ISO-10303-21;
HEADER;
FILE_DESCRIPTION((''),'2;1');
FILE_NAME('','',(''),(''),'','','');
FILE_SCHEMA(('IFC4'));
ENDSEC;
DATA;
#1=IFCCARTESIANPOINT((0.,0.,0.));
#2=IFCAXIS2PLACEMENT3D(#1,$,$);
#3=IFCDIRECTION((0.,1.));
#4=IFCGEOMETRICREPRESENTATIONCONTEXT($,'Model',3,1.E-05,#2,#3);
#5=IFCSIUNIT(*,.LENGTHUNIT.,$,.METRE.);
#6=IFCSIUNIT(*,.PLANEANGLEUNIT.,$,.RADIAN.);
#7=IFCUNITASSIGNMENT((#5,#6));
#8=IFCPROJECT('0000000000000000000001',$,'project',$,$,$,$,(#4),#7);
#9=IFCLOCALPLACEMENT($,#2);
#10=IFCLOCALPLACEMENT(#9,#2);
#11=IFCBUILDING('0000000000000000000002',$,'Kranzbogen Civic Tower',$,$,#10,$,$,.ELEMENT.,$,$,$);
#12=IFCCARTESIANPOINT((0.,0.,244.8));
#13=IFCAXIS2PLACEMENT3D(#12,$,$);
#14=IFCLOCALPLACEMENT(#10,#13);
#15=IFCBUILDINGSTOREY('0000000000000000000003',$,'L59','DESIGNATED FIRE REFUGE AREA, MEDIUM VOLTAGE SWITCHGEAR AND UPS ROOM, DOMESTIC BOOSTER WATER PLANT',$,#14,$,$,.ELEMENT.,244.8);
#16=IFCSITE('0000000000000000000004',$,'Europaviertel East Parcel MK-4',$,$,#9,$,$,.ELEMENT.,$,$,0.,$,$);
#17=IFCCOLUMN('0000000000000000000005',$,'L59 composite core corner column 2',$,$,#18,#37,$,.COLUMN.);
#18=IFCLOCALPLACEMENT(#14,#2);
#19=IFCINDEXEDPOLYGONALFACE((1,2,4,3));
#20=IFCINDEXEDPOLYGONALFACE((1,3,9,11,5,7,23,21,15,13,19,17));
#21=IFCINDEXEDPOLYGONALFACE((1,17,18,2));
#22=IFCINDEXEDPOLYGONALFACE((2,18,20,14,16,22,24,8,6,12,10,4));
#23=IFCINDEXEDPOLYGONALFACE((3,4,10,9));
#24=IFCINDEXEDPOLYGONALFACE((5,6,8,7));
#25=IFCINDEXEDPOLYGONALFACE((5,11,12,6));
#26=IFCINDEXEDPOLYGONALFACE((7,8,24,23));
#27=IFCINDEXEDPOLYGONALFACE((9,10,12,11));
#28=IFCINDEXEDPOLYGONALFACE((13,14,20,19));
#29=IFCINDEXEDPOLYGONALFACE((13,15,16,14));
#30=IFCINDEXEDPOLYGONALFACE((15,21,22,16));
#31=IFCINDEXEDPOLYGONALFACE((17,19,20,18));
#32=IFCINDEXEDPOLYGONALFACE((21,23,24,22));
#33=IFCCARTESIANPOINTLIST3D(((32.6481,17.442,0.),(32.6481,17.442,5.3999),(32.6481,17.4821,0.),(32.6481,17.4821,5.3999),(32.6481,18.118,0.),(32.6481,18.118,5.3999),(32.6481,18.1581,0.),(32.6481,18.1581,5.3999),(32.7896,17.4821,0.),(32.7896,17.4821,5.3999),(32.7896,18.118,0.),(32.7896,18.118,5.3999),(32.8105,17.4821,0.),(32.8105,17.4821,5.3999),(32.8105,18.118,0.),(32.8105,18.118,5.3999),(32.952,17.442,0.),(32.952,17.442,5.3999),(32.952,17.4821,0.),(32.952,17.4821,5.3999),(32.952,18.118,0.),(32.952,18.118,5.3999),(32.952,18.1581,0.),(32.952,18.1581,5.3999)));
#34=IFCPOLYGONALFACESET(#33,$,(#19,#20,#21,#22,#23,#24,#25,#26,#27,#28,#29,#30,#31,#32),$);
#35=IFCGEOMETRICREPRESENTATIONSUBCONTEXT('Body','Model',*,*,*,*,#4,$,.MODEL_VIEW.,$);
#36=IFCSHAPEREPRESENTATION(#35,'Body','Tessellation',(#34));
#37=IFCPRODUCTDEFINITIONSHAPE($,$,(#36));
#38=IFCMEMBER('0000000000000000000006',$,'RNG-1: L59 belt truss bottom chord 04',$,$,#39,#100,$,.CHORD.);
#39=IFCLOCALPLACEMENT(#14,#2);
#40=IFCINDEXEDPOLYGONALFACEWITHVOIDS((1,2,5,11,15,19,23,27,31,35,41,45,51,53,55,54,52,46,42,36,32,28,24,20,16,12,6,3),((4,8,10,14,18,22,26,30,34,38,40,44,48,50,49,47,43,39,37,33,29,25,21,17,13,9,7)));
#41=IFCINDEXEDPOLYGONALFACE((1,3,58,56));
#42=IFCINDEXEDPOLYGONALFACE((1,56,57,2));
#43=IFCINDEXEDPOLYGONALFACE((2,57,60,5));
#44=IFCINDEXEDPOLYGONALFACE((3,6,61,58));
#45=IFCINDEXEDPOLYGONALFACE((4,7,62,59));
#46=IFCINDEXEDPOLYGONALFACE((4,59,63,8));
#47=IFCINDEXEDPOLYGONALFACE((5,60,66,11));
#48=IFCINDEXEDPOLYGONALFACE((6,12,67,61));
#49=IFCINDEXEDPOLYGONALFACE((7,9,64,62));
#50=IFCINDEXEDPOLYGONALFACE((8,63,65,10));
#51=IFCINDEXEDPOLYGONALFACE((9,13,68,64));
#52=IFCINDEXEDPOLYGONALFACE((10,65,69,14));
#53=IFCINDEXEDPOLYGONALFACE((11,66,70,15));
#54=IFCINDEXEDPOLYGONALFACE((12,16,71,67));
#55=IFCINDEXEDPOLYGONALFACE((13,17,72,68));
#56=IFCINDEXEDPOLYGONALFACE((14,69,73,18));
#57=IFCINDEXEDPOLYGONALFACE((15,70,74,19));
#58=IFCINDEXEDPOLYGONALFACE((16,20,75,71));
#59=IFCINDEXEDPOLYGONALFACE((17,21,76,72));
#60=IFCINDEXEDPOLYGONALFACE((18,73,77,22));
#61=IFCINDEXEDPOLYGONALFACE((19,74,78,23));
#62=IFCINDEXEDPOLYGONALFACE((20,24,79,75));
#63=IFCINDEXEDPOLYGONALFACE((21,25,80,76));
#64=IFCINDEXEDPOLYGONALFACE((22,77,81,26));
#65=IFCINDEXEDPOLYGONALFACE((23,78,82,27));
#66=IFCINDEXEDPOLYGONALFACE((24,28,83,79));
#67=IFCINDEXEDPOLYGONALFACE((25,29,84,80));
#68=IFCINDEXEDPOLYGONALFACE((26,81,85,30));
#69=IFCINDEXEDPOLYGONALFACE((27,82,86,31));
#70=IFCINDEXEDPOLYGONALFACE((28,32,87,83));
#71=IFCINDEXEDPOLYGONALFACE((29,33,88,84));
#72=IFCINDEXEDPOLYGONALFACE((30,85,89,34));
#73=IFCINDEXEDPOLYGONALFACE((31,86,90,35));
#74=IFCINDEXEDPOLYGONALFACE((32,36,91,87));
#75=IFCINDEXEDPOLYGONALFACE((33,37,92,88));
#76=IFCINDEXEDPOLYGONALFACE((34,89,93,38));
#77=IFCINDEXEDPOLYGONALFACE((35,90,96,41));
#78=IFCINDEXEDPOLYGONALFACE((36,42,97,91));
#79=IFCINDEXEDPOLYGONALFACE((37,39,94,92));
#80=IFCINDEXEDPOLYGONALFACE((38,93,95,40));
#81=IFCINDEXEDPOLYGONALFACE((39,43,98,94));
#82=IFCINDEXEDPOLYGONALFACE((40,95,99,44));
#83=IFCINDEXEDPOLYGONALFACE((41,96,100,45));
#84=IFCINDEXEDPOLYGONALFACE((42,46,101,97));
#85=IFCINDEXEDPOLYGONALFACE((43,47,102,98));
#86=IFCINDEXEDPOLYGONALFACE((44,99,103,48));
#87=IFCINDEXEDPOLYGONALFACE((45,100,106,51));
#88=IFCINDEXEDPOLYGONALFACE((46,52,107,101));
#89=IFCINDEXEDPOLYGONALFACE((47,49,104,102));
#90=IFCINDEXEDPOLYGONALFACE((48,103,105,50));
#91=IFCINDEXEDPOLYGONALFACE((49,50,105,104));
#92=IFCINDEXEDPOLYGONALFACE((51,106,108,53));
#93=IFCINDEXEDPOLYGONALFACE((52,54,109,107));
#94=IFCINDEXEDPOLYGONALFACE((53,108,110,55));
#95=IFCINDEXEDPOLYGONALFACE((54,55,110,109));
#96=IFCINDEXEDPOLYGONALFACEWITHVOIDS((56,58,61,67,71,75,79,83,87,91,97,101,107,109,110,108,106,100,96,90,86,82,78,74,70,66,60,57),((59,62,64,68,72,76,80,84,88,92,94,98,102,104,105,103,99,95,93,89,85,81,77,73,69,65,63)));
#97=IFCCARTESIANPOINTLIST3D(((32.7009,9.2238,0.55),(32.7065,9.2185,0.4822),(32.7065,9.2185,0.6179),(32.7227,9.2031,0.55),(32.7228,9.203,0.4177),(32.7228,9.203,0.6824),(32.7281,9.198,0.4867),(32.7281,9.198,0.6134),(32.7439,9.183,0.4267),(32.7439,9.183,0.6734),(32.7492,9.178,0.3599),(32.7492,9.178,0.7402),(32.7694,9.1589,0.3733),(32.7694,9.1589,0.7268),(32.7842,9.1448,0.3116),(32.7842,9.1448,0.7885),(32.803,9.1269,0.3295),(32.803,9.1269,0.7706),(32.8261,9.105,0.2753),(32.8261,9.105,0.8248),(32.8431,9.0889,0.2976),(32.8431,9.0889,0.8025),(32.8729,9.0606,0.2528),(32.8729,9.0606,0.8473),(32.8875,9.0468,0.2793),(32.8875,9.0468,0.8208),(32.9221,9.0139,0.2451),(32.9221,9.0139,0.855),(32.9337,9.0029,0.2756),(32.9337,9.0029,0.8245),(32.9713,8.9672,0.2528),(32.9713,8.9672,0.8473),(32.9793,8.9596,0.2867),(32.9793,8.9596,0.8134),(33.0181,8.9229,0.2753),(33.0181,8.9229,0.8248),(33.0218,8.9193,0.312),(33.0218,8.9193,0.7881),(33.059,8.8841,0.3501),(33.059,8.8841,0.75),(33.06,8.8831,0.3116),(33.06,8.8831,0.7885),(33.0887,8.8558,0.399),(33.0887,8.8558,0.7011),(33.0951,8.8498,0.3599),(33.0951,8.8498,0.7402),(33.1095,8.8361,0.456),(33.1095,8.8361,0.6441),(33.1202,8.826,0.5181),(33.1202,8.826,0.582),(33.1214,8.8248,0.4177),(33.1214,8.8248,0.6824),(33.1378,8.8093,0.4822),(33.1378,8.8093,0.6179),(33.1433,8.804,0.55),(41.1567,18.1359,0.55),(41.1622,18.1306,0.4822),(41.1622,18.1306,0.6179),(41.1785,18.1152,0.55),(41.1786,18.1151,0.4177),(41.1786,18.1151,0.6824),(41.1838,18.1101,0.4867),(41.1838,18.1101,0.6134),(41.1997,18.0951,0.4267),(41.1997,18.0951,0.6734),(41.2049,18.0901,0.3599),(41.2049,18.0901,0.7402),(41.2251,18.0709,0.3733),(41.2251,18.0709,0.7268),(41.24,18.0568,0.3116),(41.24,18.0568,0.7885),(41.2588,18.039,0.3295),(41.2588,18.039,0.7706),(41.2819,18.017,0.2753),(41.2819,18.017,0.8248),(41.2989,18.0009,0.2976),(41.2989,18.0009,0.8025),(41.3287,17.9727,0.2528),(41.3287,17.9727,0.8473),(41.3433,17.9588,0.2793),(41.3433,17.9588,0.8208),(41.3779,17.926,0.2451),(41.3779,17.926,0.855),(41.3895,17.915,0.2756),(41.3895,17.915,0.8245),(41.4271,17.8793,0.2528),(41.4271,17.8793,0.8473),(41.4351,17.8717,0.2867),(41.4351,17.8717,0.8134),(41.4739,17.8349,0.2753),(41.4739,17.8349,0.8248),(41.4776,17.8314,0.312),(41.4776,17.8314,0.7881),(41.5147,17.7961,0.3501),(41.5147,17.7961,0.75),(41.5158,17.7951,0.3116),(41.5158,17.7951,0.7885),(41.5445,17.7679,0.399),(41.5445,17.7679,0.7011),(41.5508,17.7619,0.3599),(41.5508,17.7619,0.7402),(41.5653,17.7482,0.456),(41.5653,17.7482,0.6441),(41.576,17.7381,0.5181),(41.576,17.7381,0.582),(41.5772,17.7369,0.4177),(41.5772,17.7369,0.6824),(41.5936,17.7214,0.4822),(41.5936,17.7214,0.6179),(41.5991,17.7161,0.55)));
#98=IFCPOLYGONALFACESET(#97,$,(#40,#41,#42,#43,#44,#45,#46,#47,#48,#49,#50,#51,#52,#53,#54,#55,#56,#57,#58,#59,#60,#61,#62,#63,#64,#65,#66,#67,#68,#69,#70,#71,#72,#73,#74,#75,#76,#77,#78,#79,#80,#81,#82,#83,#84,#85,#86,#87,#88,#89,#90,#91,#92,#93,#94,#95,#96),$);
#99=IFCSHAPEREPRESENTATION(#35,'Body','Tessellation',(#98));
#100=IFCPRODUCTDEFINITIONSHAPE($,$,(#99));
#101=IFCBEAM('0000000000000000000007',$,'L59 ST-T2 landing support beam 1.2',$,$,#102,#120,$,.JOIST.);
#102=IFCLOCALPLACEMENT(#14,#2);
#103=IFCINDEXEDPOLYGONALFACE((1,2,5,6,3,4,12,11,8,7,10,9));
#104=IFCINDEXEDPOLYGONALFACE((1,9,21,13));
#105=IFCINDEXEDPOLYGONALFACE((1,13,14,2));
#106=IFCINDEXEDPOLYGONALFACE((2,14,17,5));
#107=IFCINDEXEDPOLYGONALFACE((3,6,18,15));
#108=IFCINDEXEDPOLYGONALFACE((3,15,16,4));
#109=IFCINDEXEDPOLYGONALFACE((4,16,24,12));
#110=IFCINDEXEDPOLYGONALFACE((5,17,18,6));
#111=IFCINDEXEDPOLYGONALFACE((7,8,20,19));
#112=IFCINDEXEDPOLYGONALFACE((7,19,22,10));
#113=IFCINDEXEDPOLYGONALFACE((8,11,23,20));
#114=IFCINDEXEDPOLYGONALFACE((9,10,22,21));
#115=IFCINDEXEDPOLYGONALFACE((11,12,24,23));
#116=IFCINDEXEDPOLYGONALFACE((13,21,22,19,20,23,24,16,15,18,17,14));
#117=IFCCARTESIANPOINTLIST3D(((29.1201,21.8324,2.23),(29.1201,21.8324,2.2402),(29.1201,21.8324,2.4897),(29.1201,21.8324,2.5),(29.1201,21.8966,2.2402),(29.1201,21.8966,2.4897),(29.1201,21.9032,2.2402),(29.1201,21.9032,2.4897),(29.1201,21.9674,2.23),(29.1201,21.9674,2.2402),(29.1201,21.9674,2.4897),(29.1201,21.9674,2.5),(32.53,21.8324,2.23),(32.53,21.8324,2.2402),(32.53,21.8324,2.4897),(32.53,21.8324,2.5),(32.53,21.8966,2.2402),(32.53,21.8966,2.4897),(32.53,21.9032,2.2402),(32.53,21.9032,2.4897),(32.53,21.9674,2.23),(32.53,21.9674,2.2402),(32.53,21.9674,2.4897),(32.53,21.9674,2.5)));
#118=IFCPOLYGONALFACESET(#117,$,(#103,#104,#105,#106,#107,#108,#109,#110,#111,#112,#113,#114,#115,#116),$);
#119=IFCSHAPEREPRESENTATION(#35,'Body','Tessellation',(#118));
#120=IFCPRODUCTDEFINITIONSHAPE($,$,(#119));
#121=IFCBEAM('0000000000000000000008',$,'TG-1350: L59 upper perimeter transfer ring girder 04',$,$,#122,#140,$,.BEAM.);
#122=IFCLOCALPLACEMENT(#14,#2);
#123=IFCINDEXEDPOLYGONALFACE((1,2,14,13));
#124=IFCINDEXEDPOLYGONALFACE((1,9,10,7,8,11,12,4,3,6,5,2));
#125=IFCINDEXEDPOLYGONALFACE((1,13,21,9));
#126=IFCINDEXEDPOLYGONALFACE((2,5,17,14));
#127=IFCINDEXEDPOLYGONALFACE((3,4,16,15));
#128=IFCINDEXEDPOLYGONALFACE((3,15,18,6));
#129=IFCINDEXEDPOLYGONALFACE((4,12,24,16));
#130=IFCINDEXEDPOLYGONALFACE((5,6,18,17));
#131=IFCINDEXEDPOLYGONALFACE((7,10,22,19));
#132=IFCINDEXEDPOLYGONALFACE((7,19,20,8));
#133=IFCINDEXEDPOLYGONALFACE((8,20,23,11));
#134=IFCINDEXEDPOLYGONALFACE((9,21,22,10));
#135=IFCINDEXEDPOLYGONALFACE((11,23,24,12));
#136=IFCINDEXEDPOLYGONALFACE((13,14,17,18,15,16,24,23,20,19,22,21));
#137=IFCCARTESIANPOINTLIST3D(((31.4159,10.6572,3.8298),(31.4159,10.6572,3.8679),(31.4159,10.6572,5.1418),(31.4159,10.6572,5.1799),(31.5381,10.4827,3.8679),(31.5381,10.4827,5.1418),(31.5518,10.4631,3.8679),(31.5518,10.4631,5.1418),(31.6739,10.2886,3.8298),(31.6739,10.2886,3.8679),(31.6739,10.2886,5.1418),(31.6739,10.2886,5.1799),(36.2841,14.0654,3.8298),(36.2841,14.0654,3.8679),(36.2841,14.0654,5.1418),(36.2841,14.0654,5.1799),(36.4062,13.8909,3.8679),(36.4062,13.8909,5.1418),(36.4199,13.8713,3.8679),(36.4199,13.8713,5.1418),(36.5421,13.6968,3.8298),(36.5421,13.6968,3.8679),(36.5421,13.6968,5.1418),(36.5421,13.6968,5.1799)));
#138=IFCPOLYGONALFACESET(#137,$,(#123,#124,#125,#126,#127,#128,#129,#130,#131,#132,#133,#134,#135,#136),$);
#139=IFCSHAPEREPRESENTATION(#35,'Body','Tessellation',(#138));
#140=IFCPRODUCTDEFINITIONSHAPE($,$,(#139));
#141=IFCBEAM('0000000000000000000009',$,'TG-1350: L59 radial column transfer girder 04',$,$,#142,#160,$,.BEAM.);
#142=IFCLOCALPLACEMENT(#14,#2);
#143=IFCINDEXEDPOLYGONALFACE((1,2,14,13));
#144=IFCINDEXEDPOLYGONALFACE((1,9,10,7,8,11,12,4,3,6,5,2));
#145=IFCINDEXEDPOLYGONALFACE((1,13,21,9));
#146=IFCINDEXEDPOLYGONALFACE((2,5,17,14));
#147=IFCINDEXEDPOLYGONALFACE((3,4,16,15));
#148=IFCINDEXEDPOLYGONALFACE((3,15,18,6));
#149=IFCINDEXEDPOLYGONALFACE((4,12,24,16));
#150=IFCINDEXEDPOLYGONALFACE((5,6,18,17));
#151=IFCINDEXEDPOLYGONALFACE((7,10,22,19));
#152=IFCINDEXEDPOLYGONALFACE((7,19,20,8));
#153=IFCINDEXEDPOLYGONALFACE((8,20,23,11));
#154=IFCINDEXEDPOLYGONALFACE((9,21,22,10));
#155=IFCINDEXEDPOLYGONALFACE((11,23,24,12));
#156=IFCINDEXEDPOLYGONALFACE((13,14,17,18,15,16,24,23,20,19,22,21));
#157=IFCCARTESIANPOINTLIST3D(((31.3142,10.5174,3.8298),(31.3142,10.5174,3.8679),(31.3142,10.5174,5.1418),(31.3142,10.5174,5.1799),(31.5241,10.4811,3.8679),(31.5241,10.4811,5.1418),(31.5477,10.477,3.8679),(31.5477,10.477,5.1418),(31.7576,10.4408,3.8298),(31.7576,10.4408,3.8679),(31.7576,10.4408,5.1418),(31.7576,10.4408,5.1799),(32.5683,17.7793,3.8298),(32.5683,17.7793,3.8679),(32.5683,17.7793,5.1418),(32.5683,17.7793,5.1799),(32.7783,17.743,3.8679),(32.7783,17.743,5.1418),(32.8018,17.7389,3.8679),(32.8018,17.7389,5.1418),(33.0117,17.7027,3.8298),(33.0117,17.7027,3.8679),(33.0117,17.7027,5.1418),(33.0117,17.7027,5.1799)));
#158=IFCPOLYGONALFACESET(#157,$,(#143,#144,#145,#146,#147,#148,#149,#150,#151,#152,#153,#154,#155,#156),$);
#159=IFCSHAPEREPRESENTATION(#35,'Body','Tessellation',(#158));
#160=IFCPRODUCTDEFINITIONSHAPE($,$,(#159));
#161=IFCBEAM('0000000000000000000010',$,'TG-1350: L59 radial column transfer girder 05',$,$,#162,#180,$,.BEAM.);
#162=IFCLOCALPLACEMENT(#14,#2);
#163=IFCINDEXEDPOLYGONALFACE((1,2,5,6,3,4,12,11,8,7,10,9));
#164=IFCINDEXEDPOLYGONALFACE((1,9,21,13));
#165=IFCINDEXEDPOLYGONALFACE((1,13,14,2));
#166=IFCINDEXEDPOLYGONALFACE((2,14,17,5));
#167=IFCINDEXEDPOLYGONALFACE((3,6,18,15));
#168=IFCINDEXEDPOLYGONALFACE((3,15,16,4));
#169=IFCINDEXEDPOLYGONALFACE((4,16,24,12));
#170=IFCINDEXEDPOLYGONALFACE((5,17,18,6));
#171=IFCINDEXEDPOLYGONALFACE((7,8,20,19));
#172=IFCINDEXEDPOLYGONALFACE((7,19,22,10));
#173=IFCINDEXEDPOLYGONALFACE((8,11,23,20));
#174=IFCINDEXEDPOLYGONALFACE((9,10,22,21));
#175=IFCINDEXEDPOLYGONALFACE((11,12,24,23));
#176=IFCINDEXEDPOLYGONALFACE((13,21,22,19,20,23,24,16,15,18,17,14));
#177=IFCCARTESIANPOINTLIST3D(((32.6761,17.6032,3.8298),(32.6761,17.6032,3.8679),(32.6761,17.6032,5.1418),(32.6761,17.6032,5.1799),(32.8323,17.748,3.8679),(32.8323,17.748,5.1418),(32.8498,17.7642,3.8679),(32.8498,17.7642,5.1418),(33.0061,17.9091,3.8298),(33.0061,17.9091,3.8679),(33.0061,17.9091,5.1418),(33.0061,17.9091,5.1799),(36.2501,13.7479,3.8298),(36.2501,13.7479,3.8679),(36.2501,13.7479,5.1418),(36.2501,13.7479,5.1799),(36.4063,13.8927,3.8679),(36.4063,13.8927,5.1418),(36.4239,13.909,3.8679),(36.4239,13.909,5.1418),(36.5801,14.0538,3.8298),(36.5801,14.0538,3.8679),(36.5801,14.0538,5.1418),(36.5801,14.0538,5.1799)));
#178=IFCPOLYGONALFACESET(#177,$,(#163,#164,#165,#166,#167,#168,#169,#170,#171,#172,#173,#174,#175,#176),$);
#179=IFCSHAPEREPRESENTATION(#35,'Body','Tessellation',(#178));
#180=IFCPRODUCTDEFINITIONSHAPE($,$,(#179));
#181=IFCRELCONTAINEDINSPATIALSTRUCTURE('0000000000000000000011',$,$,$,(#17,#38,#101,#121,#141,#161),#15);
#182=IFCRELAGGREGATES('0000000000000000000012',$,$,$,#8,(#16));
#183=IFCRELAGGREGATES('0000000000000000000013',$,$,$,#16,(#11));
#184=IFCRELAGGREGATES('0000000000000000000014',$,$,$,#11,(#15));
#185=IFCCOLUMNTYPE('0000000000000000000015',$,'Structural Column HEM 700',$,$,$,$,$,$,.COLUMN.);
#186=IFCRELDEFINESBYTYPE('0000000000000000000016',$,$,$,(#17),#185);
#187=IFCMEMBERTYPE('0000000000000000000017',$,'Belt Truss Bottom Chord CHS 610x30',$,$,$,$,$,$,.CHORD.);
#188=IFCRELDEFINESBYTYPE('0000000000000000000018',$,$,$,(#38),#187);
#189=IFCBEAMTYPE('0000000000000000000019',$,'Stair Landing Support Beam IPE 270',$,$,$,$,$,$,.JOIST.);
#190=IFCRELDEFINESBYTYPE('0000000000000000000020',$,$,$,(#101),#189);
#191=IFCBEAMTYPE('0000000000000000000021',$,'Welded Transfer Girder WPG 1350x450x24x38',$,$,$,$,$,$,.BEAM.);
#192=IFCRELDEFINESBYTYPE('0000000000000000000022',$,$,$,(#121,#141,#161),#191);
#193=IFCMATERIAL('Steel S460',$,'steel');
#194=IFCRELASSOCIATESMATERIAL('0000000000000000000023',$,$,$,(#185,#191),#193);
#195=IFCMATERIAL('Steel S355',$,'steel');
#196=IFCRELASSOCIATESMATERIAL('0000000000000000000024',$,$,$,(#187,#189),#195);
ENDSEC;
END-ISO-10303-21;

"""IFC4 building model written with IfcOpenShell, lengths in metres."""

from ifc_helpers import new_model, si_unit, direction, frame, origin, origin_2d, place, context, subcontext, project, spatial, hollow_circle, i_section, extrude, material, material_profile, profile_set, type_object, element, save


model = new_model("IFC4")

# Units and contexts
model_context = context("Model", 3, precision=1e-05, world=origin(), true_north=direction((0.0, 1.0)))
body_context = subcontext(model_context, "Body", "Model", "MODEL_VIEW")
ifc_project = project(units=[si_unit("LENGTHUNIT", "METRE"), si_unit("PLANEANGLEUNIT", "RADIAN")], contexts=[model_context])

# Site, building, storey
site_placement = place(None, origin())
site = spatial("IfcSite", under=ifc_project, at=site_placement, Name="Europaviertel East Parcel MK-4", CompositionType="ELEMENT", RefElevation=0.0)
building_placement = place(site_placement, origin())
building = spatial("IfcBuilding", under=site, at=building_placement, Name="Kranzbogen Civic Tower", CompositionType="ELEMENT")
storey_placement = place(building_placement, frame((0.0, 0.0, 244.8)))
storey = spatial("IfcBuildingStorey", under=building, at=storey_placement, Name="L59", Description="DESIGNATED FIRE REFUGE AREA, MEDIUM VOLTAGE SWITCHGEAR AND UPS ROOM, DOMESTIC BOOSTER WATER PLANT", CompositionType="ELEMENT", Elevation=244.8)

# Column
ifc_material_1 = material(Name="Steel S460", Category="steel")
ifc_material_profile_1 = material_profile(ifc_material_1, i_section(OverallWidth=0.304, OverallDepth=0.7161, WebThickness=0.021, FlangeThickness=0.04, at=origin_2d()), Name="HEM 700")
ifc_profile_set_1 = profile_set([ifc_material_profile_1], Name="Steel S460")
column_type = type_object("IfcColumnType", Name="Structural Column HEM 700", PredefinedType="COLUMN", material=ifc_profile_set_1)
column_placement = place(storey_placement, frame((32.8, 17.8, 0.0), z_axis=(0.0, 0.0, 1.0), x_axis=(1.0, 0.0, 0.0)))
element("IfcColumn", 1, at=column_placement, inside=storey, type_object=column_type, Name="L59 composite core corner column 2", PredefinedType="COLUMN", context=body_context, shape_type="SweptSolid", body=[
    extrude(i_section(OverallWidth=0.304, OverallDepth=0.7161, WebThickness=0.021, FlangeThickness=0.04, at=origin_2d()), origin(), (0.0, 0.0, 1.0), 5.3999),
])

# Member
ifc_material_2 = material(Name="Steel S355", Category="steel")
ifc_material_profile_2 = material_profile(ifc_material_2, hollow_circle(Radius=0.3049, WallThickness=0.03, at=origin_2d()), Name="CHS 610x30")
ifc_profile_set_2 = profile_set([ifc_material_profile_2], Name="Steel S355")
member_type_1 = type_object("IfcMemberType", Name="Belt Truss Bottom Chord CHS 610x30", PredefinedType="CHORD", material=ifc_profile_set_2)
member_1_placement = place(storey_placement, frame((32.9221, 9.0139, 0.55), z_axis=(0.688292, 0.725434, 0.0), x_axis=(-0.725434, 0.688292, 0.0)))
element("IfcMember", 2, at=member_1_placement, inside=storey, type_object=member_type_1, Name="RNG-1: L59 belt truss bottom chord 04", PredefinedType="CHORD", context=body_context, shape_type="SweptSolid", body=[
    extrude(hollow_circle(Radius=0.3049, WallThickness=0.03, at=origin_2d()), origin(), (0.0, 0.0, 1.0), 12.2852),
])

# Beams
ifc_material_profile_3 = material_profile(ifc_material_2, i_section(OverallWidth=0.135, OverallDepth=0.27, WebThickness=0.0066, FlangeThickness=0.0103, at=origin_2d()), Name="IPE 270")
ifc_profile_set_3 = profile_set([ifc_material_profile_3], Name="Steel S355")
beam_type_1 = type_object("IfcBeamType", Name="Stair Landing Support Beam IPE 270", PredefinedType="JOIST", material=ifc_profile_set_3)
beam_1_placement = place(storey_placement, frame((29.1201, 21.8999, 2.365), z_axis=(1.0, 0.0, 0.0), x_axis=(0.0, 1.0, 0.0)))
element("IfcBeam", 3, at=beam_1_placement, inside=storey, type_object=beam_type_1, Name="L59 ST-T2 landing support beam 1.2", PredefinedType="JOIST", context=body_context, shape_type="SweptSolid", body=[
    extrude(i_section(OverallWidth=0.135, OverallDepth=0.27, WebThickness=0.0066, FlangeThickness=0.0103, at=origin_2d()), origin(), (0.0, 0.0, 1.0), 3.4099),
])
ifc_material_profile_4 = material_profile(ifc_material_1, i_section(OverallWidth=0.45, OverallDepth=1.3501, WebThickness=0.0239, FlangeThickness=0.0381, at=origin_2d()), Name="WPG 1350x450x24x38")
ifc_profile_set_4 = profile_set([ifc_material_profile_4], Name="Steel S460")
beam_type_2 = type_object("IfcBeamType", Name="Welded Transfer Girder WPG 1350x450x24x38", PredefinedType="BEAM", material=ifc_profile_set_4)
beam_2_placement = place(storey_placement, frame((31.5449, 10.4729, 4.5049), z_axis=(0.819193, 0.573517, 0.0), x_axis=(-0.573517, 0.819193, 0.0)))
element("IfcBeam", 4, at=beam_2_placement, inside=storey, type_object=beam_type_2, Name="TG-1350: L59 upper perimeter transfer ring girder 04", PredefinedType="BEAM", context=body_context, shape_type="SweptSolid", body=[
    extrude(i_section(OverallWidth=0.45, OverallDepth=1.3501, WebThickness=0.0239, FlangeThickness=0.0381, at=origin_2d()), origin(), (0.0, 0.0, 1.0), 5.9426),
])
beam_3_placement = place(storey_placement, frame((32.79, 17.741, 4.5049), z_axis=(-0.170182, -0.985413, 0.0), x_axis=(0.985413, -0.170182, 0.0)))
element("IfcBeam", 5, at=beam_3_placement, inside=storey, type_object=beam_type_2, Name="TG-1350: L59 radial column transfer girder 04", PredefinedType="BEAM", context=body_context, shape_type="SweptSolid", body=[
    extrude(i_section(OverallWidth=0.45, OverallDepth=1.3501, WebThickness=0.0239, FlangeThickness=0.0381, at=origin_2d()), origin(), (0.0, 0.0, 1.0), 7.3694),
])
beam_4_placement = place(storey_placement, frame((32.8411, 17.7561, 4.5049), z_axis=(0.679851, -0.733351, 0.0), x_axis=(0.733351, 0.679851, 0.0)))
element("IfcBeam", 6, at=beam_4_placement, inside=storey, type_object=beam_type_2, Name="TG-1350: L59 radial column transfer girder 05", PredefinedType="BEAM", context=body_context, shape_type="SweptSolid", body=[
    extrude(i_section(OverallWidth=0.45, OverallDepth=1.3501, WebThickness=0.0239, FlangeThickness=0.0381, at=origin_2d()), origin(), (0.0, 0.0, 1.0), 5.2571),
])

save(model, "model.ifc")
